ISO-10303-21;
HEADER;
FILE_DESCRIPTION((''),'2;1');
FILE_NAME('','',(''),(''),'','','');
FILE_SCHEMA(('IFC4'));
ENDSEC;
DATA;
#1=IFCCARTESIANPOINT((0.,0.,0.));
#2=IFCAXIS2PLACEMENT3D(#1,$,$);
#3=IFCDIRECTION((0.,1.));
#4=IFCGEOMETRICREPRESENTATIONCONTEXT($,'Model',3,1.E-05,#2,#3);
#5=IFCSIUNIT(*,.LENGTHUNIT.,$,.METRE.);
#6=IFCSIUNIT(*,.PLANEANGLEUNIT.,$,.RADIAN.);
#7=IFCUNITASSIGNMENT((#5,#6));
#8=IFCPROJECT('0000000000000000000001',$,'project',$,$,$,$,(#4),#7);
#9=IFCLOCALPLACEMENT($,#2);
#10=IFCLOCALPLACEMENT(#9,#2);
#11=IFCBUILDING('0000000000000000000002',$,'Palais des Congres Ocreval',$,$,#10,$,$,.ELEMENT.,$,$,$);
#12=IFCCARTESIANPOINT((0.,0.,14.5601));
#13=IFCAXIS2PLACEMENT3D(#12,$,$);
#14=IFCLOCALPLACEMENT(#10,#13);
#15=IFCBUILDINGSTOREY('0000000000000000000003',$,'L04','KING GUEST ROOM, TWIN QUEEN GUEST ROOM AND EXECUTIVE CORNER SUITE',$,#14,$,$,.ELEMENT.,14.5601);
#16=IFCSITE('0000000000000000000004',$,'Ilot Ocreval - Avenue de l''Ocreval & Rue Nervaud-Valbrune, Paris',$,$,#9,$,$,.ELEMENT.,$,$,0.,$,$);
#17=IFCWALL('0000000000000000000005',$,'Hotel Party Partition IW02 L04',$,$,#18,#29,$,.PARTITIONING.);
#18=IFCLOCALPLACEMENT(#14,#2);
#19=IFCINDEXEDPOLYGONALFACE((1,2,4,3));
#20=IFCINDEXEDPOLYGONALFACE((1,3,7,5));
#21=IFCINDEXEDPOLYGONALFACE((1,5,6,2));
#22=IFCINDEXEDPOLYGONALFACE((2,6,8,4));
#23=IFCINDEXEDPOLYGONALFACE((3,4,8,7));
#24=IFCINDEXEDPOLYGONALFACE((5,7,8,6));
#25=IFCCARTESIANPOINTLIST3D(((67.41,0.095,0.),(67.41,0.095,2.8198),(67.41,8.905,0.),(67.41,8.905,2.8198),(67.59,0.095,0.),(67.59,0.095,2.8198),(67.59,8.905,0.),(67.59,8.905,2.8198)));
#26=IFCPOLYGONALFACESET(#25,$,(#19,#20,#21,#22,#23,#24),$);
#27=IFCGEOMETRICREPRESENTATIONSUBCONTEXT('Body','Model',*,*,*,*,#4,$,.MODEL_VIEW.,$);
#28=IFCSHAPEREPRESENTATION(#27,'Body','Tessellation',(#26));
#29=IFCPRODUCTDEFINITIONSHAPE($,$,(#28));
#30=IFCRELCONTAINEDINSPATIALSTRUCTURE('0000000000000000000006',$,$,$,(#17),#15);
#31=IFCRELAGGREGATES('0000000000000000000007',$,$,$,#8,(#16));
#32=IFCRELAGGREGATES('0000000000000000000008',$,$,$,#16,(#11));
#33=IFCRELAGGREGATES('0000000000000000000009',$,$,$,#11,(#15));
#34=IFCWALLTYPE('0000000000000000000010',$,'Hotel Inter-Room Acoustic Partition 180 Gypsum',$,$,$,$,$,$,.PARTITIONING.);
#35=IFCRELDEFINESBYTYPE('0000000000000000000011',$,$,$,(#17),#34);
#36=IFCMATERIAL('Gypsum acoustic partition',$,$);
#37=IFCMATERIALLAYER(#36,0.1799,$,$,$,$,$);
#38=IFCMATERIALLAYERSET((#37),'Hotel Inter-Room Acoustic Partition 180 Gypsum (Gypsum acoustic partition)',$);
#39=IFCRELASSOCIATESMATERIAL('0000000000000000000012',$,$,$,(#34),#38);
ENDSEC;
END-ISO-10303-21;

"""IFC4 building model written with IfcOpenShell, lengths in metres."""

from ifc_helpers import new_model, si_unit, direction, frame, frame_2d, origin, place, context, subcontext, project, spatial, rectangle, extrude, material, layer, layer_set, type_object, element, save


model = new_model("IFC4")

# Units and contexts
model_context = context("Model", 3, precision=1e-05, world=origin(), true_north=direction((0.0, 1.0)))
body_context = subcontext(model_context, "Body", "Model", "MODEL_VIEW")
ifc_project = project(units=[si_unit("LENGTHUNIT", "METRE"), si_unit("PLANEANGLEUNIT", "RADIAN")], contexts=[model_context])

# Site, building, storey
site_placement = place(None, origin())
site = spatial("IfcSite", under=ifc_project, at=site_placement, Name="Ilot Ocreval - Avenue de l'Ocreval & Rue Nervaud-Valbrune, Paris", CompositionType="ELEMENT", RefElevation=0.0)
building_placement = place(site_placement, origin())
building = spatial("IfcBuilding", under=site, at=building_placement, Name="Palais des Congres Ocreval", CompositionType="ELEMENT")
storey_placement = place(building_placement, frame((0.0, 0.0, 14.5601)))
storey = spatial("IfcBuildingStorey", under=building, at=storey_placement, Name="L04", Description="KING GUEST ROOM, TWIN QUEEN GUEST ROOM AND EXECUTIVE CORNER SUITE", CompositionType="ELEMENT", Elevation=14.5601)

# Wall
ifc_material_1 = material(Name="Gypsum acoustic partition")
ifc_layer_1 = layer(ifc_material_1, 0.1799)
ifc_layer_set_1 = layer_set([ifc_layer_1], Name="Hotel Inter-Room Acoustic Partition 180 Gypsum (Gypsum acoustic partition)")
wall_type_1 = type_object("IfcWallType", Name="Hotel Inter-Room Acoustic Partition 180 Gypsum", PredefinedType="PARTITIONING", material=ifc_layer_set_1)
wall_1_placement = place(storey_placement, frame((67.5, 0.095, 0.0), z_axis=(0.0, 0.0, 1.0), x_axis=(0.0, 1.0, 0.0)))
element("IfcWall", 1, at=wall_1_placement, inside=storey, type_object=wall_type_1, Name="Hotel Party Partition IW02 L04", PredefinedType="PARTITIONING", context=body_context, shape_type="SweptSolid", body=[
    extrude(rectangle(XDim=8.8101, YDim=0.1799, at=frame_2d((4.405, 0.0))), origin(), (0.0, 0.0, 1.0), 2.8198),
])

save(model, "model.ifc")
